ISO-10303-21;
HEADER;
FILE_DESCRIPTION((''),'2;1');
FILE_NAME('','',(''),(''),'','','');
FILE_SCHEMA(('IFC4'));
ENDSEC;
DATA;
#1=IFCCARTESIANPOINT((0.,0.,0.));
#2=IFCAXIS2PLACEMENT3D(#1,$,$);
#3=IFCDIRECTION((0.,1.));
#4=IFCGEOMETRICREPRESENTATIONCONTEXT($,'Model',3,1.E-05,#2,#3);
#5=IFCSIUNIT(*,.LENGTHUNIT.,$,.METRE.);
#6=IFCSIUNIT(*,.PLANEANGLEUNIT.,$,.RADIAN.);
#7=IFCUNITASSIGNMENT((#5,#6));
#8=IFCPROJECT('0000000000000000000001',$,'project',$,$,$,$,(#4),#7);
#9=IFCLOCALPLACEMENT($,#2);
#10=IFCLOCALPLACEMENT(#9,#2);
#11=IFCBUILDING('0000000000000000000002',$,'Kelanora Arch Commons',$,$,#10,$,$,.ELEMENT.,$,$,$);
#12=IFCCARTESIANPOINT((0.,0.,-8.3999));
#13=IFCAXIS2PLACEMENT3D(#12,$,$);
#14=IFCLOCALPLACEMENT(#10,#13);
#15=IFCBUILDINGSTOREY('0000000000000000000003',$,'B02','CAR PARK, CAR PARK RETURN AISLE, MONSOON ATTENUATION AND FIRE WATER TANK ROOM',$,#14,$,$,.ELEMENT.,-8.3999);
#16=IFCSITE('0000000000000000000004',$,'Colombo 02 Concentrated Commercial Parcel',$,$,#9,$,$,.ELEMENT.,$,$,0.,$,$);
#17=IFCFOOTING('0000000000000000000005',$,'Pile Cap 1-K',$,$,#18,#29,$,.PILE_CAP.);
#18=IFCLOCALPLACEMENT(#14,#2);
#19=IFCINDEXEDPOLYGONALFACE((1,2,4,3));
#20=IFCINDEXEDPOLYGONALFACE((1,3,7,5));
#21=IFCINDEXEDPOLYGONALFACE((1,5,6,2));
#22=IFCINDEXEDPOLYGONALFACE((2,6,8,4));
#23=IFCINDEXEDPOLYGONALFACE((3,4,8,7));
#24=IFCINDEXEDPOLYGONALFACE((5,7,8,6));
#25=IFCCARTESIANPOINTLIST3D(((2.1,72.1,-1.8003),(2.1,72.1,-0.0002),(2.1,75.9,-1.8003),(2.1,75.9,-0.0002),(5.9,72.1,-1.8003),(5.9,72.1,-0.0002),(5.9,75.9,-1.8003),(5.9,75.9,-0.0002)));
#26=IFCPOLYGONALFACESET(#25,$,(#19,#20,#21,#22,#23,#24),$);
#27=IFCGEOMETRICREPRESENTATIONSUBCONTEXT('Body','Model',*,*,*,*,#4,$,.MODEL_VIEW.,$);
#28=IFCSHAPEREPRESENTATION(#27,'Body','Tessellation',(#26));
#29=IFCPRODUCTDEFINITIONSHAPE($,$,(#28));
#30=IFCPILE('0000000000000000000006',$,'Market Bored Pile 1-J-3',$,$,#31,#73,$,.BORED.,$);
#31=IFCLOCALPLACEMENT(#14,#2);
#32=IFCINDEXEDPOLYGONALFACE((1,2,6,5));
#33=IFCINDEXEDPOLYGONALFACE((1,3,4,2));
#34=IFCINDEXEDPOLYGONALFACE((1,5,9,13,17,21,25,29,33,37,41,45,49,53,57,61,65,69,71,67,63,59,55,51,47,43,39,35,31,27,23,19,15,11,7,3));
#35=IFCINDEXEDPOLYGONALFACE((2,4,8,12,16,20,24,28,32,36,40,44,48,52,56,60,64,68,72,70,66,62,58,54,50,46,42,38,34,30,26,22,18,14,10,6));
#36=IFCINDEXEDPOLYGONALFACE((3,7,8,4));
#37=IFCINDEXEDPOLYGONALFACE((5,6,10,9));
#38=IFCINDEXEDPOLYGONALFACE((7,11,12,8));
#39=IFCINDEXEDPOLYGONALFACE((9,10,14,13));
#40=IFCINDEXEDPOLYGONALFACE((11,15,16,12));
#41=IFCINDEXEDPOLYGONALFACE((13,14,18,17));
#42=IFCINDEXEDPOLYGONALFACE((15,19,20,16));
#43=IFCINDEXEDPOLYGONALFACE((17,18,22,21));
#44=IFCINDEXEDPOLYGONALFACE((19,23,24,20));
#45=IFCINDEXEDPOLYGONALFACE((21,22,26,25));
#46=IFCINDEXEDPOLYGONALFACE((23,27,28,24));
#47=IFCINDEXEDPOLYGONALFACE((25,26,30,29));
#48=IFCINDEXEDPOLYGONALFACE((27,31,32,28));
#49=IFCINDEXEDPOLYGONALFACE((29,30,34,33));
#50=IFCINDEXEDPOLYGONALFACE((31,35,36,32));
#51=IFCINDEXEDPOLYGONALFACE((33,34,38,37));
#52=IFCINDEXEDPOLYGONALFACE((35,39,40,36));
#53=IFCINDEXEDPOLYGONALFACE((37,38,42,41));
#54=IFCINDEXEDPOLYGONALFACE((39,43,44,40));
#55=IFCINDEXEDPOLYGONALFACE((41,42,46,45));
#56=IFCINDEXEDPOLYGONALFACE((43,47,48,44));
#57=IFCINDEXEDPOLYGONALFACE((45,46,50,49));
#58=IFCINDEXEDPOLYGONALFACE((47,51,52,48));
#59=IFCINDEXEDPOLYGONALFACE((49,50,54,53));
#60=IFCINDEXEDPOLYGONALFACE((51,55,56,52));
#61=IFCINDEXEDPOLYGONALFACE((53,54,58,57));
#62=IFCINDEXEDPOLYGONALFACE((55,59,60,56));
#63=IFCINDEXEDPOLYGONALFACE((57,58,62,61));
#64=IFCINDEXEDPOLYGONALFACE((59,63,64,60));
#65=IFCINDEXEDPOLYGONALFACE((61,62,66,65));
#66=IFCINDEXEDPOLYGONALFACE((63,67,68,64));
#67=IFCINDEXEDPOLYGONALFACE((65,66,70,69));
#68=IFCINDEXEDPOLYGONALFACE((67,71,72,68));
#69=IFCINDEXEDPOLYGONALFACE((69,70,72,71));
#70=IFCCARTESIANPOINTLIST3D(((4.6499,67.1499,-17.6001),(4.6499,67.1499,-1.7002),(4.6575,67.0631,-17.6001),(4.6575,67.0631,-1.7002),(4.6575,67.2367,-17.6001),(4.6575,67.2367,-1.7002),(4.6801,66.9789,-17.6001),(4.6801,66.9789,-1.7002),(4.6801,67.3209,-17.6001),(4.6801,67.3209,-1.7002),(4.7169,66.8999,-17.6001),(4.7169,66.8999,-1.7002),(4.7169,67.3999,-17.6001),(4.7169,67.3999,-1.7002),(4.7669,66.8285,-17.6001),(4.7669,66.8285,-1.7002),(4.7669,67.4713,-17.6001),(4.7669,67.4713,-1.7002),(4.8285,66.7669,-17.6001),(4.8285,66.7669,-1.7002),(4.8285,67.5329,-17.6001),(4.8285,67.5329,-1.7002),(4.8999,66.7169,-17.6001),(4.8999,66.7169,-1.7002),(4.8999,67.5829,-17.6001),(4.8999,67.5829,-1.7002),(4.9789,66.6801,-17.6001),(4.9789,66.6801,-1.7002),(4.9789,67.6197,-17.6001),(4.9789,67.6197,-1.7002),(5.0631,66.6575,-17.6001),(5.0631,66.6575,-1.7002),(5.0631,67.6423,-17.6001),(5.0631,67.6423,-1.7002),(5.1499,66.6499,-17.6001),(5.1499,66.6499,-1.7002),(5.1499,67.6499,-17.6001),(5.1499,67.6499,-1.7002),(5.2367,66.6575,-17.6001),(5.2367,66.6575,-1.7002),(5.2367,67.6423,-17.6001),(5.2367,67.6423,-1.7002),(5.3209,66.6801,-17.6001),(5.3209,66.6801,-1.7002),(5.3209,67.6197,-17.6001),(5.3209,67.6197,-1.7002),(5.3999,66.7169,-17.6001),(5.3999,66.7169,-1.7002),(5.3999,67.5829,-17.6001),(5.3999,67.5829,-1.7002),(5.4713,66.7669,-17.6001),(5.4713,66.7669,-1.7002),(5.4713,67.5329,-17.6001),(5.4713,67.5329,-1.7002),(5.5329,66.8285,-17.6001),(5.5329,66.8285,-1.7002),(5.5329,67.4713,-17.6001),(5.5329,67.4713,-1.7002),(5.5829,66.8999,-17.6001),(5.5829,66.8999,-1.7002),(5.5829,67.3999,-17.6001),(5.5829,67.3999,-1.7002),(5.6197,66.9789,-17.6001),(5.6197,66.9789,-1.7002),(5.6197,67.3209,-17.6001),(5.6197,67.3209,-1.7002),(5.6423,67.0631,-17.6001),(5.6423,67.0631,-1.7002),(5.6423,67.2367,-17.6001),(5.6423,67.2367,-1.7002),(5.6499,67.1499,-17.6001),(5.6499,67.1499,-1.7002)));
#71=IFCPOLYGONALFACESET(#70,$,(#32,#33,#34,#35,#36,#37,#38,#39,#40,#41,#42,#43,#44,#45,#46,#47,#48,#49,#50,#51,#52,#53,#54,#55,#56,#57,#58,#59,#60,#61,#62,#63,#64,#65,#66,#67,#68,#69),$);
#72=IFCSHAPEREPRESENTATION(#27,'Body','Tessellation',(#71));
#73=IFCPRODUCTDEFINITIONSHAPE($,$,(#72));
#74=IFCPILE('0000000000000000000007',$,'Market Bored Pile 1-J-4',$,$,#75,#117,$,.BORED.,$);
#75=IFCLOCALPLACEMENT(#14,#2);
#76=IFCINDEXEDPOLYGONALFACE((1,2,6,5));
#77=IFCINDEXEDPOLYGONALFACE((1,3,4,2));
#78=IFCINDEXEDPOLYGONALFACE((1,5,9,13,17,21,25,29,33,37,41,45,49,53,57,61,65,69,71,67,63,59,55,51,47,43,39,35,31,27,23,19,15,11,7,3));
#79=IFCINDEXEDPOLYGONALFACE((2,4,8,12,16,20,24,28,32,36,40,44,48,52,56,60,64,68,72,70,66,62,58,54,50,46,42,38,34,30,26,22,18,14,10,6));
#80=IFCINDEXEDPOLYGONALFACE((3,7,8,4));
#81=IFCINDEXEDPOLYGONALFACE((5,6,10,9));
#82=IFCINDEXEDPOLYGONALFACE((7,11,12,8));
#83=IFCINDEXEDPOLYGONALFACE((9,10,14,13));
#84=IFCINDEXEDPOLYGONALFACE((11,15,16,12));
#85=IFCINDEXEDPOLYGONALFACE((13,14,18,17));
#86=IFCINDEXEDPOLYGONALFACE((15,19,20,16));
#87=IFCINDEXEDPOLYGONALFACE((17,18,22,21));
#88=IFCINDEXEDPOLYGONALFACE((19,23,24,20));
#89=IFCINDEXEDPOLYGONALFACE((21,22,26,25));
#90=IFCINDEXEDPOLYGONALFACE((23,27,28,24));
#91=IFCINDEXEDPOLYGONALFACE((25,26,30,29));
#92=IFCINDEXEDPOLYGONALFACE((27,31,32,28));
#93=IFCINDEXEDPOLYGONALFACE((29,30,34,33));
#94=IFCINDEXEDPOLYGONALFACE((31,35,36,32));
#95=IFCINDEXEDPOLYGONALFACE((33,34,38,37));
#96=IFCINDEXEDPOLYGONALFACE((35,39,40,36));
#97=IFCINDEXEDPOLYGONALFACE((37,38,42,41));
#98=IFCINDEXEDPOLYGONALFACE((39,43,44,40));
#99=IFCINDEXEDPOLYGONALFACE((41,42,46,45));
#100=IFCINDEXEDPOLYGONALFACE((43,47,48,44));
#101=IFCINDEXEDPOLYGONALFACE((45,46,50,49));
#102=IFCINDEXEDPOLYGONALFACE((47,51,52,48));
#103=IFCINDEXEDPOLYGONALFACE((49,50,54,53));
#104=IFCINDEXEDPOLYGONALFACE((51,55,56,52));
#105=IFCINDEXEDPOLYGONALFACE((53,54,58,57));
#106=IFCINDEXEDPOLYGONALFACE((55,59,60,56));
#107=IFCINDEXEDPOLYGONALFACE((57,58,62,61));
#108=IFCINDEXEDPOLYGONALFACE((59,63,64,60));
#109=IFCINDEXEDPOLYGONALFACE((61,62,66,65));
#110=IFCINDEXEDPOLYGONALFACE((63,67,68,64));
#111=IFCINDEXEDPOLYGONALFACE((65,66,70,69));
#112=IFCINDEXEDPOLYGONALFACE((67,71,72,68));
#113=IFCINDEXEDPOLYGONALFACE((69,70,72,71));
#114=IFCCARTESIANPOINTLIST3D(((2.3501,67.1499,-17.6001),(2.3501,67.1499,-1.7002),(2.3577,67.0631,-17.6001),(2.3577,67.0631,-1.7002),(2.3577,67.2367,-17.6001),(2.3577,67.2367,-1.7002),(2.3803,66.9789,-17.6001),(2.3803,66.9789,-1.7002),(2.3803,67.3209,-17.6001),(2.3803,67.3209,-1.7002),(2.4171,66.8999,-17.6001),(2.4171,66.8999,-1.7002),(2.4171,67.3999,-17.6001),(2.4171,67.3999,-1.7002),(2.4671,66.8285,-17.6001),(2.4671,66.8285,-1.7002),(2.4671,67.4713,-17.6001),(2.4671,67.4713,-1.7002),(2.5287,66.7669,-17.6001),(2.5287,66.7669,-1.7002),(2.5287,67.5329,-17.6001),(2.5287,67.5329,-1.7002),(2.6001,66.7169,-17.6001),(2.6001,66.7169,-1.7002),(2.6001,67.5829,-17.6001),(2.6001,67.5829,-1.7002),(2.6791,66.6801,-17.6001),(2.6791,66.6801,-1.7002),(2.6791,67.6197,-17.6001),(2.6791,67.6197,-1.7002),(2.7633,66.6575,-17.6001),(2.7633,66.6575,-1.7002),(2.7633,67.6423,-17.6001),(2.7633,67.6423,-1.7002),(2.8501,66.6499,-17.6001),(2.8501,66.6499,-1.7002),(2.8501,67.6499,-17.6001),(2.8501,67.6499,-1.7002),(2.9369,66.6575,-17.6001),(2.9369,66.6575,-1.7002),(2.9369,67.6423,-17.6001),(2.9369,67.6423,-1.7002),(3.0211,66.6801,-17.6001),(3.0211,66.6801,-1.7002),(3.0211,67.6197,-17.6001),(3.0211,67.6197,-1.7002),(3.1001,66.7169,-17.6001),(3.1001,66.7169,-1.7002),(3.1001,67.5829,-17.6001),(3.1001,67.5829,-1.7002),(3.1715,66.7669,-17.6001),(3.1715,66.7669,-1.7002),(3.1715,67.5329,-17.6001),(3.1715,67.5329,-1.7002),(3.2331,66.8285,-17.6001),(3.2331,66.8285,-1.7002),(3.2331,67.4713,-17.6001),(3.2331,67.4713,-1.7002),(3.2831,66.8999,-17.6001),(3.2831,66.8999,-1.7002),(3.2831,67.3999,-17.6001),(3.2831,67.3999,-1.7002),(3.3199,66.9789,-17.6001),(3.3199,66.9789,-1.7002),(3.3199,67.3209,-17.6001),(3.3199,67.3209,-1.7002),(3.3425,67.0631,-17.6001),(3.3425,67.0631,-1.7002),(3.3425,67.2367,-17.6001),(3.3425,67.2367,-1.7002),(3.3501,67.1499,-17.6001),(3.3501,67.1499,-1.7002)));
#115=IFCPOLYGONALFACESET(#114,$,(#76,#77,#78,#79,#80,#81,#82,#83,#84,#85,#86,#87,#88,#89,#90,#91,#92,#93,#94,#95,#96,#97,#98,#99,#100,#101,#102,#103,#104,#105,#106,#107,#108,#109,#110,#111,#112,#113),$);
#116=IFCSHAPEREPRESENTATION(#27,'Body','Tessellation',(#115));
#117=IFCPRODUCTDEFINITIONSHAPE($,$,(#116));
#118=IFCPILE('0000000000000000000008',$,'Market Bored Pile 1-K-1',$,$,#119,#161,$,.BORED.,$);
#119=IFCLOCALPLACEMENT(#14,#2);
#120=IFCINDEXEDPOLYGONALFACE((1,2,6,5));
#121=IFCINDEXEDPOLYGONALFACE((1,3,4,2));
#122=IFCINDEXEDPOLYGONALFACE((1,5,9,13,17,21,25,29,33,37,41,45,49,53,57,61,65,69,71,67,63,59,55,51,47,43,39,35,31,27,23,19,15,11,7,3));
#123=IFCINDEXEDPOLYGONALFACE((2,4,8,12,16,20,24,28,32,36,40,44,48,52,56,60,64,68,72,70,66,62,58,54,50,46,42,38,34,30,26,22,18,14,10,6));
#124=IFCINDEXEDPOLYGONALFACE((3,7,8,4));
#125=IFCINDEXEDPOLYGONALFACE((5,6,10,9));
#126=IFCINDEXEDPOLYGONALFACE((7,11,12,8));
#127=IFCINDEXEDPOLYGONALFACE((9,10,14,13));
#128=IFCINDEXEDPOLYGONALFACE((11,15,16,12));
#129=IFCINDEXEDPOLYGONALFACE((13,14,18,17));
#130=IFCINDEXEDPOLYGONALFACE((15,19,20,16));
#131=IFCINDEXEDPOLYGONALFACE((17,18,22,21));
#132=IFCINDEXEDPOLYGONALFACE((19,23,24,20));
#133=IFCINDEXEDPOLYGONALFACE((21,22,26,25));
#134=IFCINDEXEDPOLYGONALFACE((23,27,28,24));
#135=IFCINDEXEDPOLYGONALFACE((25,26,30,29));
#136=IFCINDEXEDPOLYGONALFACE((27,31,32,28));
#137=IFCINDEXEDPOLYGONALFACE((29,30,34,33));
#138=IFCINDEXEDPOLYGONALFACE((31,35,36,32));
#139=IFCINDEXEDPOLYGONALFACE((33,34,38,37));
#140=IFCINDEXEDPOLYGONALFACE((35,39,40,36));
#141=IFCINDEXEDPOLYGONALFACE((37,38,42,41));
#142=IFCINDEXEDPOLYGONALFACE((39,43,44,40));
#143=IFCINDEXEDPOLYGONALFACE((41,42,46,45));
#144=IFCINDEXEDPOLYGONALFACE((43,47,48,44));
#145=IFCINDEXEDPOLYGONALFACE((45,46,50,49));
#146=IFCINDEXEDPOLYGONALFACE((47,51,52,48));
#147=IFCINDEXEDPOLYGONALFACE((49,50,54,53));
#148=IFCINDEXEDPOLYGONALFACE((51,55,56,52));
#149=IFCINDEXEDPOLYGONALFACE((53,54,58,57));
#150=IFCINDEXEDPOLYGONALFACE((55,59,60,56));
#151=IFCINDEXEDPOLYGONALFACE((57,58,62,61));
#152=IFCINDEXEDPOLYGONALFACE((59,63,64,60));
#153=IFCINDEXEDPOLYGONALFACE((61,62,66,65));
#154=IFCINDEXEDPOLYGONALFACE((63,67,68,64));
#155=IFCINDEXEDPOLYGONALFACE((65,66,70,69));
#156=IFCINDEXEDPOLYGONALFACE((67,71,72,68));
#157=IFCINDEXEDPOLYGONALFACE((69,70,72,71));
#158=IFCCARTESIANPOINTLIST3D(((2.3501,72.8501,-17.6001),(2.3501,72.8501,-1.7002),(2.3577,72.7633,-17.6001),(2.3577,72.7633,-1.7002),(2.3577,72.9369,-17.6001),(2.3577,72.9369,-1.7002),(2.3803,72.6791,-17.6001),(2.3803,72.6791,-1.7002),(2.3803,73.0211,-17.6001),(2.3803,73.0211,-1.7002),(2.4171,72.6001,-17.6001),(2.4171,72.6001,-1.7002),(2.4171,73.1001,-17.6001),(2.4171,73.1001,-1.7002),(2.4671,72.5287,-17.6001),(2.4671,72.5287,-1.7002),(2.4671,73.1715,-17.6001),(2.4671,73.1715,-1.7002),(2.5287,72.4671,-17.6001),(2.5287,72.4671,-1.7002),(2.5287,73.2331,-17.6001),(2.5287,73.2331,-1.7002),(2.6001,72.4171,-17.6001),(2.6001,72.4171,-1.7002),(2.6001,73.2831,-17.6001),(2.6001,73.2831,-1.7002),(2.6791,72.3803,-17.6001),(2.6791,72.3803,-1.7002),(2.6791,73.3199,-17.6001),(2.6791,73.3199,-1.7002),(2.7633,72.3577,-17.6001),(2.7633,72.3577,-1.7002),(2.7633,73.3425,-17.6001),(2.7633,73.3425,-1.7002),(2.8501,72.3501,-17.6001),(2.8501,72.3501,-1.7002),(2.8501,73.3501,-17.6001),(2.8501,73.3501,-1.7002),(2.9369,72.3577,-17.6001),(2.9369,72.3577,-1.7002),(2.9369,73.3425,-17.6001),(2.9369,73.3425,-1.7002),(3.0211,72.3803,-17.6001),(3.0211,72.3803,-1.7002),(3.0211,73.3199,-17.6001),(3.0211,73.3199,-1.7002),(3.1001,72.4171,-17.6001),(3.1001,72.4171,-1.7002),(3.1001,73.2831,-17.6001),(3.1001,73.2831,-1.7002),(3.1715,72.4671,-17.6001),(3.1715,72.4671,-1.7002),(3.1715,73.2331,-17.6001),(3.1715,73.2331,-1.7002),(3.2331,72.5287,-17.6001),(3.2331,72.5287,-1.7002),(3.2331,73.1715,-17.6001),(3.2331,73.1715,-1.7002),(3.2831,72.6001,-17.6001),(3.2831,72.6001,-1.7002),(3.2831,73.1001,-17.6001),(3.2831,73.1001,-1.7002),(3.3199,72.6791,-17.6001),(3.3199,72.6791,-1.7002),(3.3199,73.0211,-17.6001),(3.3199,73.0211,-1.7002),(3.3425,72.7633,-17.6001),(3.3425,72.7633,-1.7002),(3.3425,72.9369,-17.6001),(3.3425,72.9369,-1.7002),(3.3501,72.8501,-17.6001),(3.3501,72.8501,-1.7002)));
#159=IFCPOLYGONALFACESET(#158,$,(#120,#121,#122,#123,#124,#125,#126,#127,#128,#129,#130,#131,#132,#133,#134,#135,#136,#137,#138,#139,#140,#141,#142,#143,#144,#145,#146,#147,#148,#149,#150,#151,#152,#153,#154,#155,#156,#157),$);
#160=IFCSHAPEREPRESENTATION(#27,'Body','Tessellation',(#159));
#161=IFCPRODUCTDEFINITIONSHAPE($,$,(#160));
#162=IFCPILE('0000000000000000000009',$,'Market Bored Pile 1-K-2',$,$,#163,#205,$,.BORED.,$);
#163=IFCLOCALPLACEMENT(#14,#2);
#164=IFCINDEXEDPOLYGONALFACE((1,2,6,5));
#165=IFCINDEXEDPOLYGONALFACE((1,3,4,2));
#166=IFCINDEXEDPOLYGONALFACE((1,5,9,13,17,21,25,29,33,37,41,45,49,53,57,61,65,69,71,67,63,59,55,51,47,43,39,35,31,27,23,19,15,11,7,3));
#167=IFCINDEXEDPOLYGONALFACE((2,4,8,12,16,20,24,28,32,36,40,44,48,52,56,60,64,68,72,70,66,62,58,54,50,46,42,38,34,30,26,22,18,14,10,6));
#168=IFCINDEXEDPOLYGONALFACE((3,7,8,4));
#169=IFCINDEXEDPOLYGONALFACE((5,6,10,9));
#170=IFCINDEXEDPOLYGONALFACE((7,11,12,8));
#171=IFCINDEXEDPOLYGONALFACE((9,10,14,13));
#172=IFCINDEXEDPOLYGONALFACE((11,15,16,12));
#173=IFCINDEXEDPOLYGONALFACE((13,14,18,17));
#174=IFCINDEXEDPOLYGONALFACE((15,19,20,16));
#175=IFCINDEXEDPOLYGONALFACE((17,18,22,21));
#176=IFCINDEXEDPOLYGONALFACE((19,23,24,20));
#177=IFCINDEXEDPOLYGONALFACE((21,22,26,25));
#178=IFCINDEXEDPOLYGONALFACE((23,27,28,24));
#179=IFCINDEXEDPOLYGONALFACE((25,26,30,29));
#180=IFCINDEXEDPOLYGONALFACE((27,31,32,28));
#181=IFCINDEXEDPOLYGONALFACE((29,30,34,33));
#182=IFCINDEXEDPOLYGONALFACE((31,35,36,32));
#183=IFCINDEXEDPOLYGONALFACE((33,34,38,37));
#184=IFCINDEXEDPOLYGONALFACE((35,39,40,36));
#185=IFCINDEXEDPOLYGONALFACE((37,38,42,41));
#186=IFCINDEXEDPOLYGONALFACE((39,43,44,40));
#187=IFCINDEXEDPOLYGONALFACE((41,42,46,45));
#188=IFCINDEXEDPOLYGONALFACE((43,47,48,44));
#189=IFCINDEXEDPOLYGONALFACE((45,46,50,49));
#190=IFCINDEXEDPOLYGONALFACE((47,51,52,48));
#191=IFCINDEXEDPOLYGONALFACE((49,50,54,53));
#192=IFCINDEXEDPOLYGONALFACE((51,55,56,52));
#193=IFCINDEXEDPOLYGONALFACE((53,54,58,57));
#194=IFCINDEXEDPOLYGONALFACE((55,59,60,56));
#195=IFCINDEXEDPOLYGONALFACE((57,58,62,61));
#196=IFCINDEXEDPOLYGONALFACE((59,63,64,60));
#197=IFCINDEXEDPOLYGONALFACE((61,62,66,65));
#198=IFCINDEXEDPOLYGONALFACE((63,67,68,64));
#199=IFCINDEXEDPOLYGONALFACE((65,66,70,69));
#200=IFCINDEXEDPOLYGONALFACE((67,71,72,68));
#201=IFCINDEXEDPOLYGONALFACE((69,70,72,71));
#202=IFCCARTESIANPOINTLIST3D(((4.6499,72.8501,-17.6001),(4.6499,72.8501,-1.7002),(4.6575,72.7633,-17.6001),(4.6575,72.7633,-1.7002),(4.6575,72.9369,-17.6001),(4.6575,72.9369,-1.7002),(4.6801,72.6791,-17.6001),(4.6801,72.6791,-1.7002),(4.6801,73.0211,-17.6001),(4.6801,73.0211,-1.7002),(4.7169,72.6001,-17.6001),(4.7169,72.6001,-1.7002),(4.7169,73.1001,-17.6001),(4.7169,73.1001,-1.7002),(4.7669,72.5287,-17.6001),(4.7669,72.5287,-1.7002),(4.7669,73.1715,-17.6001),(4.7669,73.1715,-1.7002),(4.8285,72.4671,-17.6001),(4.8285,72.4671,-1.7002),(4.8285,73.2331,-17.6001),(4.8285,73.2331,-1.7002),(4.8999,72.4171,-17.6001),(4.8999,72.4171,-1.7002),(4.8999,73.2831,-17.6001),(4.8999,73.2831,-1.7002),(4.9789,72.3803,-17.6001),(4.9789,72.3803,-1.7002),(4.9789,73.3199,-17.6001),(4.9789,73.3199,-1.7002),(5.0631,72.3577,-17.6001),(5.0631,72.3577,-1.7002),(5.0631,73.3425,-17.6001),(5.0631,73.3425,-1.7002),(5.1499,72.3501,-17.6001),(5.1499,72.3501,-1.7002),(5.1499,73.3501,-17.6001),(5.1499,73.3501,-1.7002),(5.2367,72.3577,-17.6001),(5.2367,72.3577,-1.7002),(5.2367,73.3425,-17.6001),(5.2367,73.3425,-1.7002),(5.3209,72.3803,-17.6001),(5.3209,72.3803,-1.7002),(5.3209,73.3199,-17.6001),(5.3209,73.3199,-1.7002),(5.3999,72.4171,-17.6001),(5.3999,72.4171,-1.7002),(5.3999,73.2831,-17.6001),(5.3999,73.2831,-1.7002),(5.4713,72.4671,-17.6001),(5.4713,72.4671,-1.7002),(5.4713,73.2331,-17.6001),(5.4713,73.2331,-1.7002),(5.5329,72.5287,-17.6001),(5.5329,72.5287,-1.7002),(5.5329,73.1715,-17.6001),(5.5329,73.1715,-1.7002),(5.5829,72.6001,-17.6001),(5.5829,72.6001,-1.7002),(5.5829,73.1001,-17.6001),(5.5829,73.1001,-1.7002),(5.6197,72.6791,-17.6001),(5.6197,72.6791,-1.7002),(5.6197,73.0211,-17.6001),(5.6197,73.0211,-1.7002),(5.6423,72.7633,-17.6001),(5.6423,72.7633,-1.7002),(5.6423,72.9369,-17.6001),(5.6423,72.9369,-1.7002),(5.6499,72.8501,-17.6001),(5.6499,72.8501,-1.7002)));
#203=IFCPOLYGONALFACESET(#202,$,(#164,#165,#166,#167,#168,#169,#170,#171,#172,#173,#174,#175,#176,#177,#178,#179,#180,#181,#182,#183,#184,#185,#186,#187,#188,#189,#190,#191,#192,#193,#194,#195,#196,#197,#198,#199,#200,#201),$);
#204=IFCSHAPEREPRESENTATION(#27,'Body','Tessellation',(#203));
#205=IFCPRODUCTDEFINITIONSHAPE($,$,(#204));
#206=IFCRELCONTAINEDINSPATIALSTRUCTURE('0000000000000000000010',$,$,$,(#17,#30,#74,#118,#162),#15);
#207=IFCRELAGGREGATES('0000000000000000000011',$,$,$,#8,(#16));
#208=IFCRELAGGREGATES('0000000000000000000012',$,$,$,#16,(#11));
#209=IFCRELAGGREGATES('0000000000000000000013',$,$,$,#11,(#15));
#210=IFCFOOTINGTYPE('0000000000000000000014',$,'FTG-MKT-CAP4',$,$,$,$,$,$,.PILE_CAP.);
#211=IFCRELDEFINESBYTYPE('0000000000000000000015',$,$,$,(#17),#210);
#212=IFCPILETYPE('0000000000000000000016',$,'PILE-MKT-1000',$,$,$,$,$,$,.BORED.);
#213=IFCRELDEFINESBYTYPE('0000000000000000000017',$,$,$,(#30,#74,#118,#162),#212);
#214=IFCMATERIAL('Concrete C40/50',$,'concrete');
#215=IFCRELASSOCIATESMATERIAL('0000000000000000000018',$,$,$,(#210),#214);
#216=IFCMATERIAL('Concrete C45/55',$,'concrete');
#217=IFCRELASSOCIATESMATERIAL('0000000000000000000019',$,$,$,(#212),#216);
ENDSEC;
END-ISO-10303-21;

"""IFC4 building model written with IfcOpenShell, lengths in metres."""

from ifc_helpers import new_model, si_unit, direction, frame, origin, origin_2d, place, context, subcontext, project, spatial, rectangle, circle, extrude, source, transform, mapped, material, material_profile, profile_set, type_object, element, save


model = new_model("IFC4")

# Units and contexts
model_context = context("Model", 3, precision=1e-05, world=origin(), true_north=direction((0.0, 1.0)))
body_context = subcontext(model_context, "Body", "Model", "MODEL_VIEW")
ifc_project = project(units=[si_unit("LENGTHUNIT", "METRE"), si_unit("PLANEANGLEUNIT", "RADIAN")], contexts=[model_context])

# Site, building, storey
site_placement = place(None, origin())
site = spatial("IfcSite", under=ifc_project, at=site_placement, Name="Colombo 02 Concentrated Commercial Parcel", CompositionType="ELEMENT", RefElevation=0.0)
building_placement = place(site_placement, origin())
building = spatial("IfcBuilding", under=site, at=building_placement, Name="Kelanora Arch Commons", CompositionType="ELEMENT")
storey_placement = place(building_placement, frame((0.0, 0.0, -8.3999)))
storey = spatial("IfcBuildingStorey", under=building, at=storey_placement, Name="B02", Description="CAR PARK, CAR PARK RETURN AISLE, MONSOON ATTENUATION AND FIRE WATER TANK ROOM", CompositionType="ELEMENT", Elevation=-8.3999)

# Footing
ifc_material_1 = material(Name="Concrete C40/50", Category="concrete")
footing_type_1 = type_object("IfcFootingType", Name="FTG-MKT-CAP4", PredefinedType="PILE_CAP", material=ifc_material_1)
shared_shape_1 = source(origin(), body_context, "Body", "SweptSolid", [
    extrude(rectangle(XDim=3.8, YDim=3.8, at=origin_2d()), origin(), (0.0, 0.0, 1.0), 1.8),
])
footing_1_placement = place(storey_placement, frame((4.0, 74.0, -1.8003), z_axis=(0.0, 0.0, 1.0), x_axis=(1.0, 0.0, 0.0)))
element("IfcFooting", 1, at=footing_1_placement, inside=storey, type_object=footing_type_1, Name="Pile Cap 1-K", PredefinedType="PILE_CAP", context=body_context, shape_type="MappedRepresentation", body=[
    mapped(shared_shape_1, transform((0.0, 0.0, 0.0), scale=1.0)),
])

# Piles
ifc_material_2 = material(Name="Concrete C45/55", Category="concrete")
ifc_material_profile_1 = material_profile(ifc_material_2, circle(Radius=0.5, at=origin_2d()), Name="PILE1000")
ifc_profile_set_1 = profile_set([ifc_material_profile_1], Name="Concrete C45/55")
pile_type = type_object("IfcPileType", Name="PILE-MKT-1000", PredefinedType="BORED", material=ifc_profile_set_1)
shared_shape_2 = source(origin(), body_context, "Body", "SweptSolid", [
    extrude(circle(Radius=0.5, at=origin_2d()), origin(), (0.0, 0.0, 1.0), 15.8999),
])
for number, where, z_axis, x_axis, name in (
    (2, (5.1499, 67.1499, -1.7002), (0.0, 0.0, -1.0), (1.0, 0.0, 0.0), "Market Bored Pile 1-J-3"),
    (3, (2.8501, 67.1499, -1.7002), (0.0, 0.0, -1.0), (1.0, 0.0, 0.0), "Market Bored Pile 1-J-4"),
    (4, (2.8501, 72.8501, -1.7002), (0.0, 0.0, -1.0), (1.0, 0.0, 0.0), "Market Bored Pile 1-K-1"),
    (5, (5.1499, 72.8501, -1.7002), (0.0, 0.0, -1.0), (1.0, 0.0, 0.0), "Market Bored Pile 1-K-2"),
):
    element("IfcPile", number, at=place(storey_placement, frame(where, z_axis=z_axis, x_axis=x_axis)), inside=storey, type_object=pile_type, Name=name, PredefinedType="BORED", context=body_context, shape_type="MappedRepresentation", body=[
        mapped(shared_shape_2, transform((0.0, 0.0, 0.0), scale=1.0)),
    ])

save(model, "model.ifc")
